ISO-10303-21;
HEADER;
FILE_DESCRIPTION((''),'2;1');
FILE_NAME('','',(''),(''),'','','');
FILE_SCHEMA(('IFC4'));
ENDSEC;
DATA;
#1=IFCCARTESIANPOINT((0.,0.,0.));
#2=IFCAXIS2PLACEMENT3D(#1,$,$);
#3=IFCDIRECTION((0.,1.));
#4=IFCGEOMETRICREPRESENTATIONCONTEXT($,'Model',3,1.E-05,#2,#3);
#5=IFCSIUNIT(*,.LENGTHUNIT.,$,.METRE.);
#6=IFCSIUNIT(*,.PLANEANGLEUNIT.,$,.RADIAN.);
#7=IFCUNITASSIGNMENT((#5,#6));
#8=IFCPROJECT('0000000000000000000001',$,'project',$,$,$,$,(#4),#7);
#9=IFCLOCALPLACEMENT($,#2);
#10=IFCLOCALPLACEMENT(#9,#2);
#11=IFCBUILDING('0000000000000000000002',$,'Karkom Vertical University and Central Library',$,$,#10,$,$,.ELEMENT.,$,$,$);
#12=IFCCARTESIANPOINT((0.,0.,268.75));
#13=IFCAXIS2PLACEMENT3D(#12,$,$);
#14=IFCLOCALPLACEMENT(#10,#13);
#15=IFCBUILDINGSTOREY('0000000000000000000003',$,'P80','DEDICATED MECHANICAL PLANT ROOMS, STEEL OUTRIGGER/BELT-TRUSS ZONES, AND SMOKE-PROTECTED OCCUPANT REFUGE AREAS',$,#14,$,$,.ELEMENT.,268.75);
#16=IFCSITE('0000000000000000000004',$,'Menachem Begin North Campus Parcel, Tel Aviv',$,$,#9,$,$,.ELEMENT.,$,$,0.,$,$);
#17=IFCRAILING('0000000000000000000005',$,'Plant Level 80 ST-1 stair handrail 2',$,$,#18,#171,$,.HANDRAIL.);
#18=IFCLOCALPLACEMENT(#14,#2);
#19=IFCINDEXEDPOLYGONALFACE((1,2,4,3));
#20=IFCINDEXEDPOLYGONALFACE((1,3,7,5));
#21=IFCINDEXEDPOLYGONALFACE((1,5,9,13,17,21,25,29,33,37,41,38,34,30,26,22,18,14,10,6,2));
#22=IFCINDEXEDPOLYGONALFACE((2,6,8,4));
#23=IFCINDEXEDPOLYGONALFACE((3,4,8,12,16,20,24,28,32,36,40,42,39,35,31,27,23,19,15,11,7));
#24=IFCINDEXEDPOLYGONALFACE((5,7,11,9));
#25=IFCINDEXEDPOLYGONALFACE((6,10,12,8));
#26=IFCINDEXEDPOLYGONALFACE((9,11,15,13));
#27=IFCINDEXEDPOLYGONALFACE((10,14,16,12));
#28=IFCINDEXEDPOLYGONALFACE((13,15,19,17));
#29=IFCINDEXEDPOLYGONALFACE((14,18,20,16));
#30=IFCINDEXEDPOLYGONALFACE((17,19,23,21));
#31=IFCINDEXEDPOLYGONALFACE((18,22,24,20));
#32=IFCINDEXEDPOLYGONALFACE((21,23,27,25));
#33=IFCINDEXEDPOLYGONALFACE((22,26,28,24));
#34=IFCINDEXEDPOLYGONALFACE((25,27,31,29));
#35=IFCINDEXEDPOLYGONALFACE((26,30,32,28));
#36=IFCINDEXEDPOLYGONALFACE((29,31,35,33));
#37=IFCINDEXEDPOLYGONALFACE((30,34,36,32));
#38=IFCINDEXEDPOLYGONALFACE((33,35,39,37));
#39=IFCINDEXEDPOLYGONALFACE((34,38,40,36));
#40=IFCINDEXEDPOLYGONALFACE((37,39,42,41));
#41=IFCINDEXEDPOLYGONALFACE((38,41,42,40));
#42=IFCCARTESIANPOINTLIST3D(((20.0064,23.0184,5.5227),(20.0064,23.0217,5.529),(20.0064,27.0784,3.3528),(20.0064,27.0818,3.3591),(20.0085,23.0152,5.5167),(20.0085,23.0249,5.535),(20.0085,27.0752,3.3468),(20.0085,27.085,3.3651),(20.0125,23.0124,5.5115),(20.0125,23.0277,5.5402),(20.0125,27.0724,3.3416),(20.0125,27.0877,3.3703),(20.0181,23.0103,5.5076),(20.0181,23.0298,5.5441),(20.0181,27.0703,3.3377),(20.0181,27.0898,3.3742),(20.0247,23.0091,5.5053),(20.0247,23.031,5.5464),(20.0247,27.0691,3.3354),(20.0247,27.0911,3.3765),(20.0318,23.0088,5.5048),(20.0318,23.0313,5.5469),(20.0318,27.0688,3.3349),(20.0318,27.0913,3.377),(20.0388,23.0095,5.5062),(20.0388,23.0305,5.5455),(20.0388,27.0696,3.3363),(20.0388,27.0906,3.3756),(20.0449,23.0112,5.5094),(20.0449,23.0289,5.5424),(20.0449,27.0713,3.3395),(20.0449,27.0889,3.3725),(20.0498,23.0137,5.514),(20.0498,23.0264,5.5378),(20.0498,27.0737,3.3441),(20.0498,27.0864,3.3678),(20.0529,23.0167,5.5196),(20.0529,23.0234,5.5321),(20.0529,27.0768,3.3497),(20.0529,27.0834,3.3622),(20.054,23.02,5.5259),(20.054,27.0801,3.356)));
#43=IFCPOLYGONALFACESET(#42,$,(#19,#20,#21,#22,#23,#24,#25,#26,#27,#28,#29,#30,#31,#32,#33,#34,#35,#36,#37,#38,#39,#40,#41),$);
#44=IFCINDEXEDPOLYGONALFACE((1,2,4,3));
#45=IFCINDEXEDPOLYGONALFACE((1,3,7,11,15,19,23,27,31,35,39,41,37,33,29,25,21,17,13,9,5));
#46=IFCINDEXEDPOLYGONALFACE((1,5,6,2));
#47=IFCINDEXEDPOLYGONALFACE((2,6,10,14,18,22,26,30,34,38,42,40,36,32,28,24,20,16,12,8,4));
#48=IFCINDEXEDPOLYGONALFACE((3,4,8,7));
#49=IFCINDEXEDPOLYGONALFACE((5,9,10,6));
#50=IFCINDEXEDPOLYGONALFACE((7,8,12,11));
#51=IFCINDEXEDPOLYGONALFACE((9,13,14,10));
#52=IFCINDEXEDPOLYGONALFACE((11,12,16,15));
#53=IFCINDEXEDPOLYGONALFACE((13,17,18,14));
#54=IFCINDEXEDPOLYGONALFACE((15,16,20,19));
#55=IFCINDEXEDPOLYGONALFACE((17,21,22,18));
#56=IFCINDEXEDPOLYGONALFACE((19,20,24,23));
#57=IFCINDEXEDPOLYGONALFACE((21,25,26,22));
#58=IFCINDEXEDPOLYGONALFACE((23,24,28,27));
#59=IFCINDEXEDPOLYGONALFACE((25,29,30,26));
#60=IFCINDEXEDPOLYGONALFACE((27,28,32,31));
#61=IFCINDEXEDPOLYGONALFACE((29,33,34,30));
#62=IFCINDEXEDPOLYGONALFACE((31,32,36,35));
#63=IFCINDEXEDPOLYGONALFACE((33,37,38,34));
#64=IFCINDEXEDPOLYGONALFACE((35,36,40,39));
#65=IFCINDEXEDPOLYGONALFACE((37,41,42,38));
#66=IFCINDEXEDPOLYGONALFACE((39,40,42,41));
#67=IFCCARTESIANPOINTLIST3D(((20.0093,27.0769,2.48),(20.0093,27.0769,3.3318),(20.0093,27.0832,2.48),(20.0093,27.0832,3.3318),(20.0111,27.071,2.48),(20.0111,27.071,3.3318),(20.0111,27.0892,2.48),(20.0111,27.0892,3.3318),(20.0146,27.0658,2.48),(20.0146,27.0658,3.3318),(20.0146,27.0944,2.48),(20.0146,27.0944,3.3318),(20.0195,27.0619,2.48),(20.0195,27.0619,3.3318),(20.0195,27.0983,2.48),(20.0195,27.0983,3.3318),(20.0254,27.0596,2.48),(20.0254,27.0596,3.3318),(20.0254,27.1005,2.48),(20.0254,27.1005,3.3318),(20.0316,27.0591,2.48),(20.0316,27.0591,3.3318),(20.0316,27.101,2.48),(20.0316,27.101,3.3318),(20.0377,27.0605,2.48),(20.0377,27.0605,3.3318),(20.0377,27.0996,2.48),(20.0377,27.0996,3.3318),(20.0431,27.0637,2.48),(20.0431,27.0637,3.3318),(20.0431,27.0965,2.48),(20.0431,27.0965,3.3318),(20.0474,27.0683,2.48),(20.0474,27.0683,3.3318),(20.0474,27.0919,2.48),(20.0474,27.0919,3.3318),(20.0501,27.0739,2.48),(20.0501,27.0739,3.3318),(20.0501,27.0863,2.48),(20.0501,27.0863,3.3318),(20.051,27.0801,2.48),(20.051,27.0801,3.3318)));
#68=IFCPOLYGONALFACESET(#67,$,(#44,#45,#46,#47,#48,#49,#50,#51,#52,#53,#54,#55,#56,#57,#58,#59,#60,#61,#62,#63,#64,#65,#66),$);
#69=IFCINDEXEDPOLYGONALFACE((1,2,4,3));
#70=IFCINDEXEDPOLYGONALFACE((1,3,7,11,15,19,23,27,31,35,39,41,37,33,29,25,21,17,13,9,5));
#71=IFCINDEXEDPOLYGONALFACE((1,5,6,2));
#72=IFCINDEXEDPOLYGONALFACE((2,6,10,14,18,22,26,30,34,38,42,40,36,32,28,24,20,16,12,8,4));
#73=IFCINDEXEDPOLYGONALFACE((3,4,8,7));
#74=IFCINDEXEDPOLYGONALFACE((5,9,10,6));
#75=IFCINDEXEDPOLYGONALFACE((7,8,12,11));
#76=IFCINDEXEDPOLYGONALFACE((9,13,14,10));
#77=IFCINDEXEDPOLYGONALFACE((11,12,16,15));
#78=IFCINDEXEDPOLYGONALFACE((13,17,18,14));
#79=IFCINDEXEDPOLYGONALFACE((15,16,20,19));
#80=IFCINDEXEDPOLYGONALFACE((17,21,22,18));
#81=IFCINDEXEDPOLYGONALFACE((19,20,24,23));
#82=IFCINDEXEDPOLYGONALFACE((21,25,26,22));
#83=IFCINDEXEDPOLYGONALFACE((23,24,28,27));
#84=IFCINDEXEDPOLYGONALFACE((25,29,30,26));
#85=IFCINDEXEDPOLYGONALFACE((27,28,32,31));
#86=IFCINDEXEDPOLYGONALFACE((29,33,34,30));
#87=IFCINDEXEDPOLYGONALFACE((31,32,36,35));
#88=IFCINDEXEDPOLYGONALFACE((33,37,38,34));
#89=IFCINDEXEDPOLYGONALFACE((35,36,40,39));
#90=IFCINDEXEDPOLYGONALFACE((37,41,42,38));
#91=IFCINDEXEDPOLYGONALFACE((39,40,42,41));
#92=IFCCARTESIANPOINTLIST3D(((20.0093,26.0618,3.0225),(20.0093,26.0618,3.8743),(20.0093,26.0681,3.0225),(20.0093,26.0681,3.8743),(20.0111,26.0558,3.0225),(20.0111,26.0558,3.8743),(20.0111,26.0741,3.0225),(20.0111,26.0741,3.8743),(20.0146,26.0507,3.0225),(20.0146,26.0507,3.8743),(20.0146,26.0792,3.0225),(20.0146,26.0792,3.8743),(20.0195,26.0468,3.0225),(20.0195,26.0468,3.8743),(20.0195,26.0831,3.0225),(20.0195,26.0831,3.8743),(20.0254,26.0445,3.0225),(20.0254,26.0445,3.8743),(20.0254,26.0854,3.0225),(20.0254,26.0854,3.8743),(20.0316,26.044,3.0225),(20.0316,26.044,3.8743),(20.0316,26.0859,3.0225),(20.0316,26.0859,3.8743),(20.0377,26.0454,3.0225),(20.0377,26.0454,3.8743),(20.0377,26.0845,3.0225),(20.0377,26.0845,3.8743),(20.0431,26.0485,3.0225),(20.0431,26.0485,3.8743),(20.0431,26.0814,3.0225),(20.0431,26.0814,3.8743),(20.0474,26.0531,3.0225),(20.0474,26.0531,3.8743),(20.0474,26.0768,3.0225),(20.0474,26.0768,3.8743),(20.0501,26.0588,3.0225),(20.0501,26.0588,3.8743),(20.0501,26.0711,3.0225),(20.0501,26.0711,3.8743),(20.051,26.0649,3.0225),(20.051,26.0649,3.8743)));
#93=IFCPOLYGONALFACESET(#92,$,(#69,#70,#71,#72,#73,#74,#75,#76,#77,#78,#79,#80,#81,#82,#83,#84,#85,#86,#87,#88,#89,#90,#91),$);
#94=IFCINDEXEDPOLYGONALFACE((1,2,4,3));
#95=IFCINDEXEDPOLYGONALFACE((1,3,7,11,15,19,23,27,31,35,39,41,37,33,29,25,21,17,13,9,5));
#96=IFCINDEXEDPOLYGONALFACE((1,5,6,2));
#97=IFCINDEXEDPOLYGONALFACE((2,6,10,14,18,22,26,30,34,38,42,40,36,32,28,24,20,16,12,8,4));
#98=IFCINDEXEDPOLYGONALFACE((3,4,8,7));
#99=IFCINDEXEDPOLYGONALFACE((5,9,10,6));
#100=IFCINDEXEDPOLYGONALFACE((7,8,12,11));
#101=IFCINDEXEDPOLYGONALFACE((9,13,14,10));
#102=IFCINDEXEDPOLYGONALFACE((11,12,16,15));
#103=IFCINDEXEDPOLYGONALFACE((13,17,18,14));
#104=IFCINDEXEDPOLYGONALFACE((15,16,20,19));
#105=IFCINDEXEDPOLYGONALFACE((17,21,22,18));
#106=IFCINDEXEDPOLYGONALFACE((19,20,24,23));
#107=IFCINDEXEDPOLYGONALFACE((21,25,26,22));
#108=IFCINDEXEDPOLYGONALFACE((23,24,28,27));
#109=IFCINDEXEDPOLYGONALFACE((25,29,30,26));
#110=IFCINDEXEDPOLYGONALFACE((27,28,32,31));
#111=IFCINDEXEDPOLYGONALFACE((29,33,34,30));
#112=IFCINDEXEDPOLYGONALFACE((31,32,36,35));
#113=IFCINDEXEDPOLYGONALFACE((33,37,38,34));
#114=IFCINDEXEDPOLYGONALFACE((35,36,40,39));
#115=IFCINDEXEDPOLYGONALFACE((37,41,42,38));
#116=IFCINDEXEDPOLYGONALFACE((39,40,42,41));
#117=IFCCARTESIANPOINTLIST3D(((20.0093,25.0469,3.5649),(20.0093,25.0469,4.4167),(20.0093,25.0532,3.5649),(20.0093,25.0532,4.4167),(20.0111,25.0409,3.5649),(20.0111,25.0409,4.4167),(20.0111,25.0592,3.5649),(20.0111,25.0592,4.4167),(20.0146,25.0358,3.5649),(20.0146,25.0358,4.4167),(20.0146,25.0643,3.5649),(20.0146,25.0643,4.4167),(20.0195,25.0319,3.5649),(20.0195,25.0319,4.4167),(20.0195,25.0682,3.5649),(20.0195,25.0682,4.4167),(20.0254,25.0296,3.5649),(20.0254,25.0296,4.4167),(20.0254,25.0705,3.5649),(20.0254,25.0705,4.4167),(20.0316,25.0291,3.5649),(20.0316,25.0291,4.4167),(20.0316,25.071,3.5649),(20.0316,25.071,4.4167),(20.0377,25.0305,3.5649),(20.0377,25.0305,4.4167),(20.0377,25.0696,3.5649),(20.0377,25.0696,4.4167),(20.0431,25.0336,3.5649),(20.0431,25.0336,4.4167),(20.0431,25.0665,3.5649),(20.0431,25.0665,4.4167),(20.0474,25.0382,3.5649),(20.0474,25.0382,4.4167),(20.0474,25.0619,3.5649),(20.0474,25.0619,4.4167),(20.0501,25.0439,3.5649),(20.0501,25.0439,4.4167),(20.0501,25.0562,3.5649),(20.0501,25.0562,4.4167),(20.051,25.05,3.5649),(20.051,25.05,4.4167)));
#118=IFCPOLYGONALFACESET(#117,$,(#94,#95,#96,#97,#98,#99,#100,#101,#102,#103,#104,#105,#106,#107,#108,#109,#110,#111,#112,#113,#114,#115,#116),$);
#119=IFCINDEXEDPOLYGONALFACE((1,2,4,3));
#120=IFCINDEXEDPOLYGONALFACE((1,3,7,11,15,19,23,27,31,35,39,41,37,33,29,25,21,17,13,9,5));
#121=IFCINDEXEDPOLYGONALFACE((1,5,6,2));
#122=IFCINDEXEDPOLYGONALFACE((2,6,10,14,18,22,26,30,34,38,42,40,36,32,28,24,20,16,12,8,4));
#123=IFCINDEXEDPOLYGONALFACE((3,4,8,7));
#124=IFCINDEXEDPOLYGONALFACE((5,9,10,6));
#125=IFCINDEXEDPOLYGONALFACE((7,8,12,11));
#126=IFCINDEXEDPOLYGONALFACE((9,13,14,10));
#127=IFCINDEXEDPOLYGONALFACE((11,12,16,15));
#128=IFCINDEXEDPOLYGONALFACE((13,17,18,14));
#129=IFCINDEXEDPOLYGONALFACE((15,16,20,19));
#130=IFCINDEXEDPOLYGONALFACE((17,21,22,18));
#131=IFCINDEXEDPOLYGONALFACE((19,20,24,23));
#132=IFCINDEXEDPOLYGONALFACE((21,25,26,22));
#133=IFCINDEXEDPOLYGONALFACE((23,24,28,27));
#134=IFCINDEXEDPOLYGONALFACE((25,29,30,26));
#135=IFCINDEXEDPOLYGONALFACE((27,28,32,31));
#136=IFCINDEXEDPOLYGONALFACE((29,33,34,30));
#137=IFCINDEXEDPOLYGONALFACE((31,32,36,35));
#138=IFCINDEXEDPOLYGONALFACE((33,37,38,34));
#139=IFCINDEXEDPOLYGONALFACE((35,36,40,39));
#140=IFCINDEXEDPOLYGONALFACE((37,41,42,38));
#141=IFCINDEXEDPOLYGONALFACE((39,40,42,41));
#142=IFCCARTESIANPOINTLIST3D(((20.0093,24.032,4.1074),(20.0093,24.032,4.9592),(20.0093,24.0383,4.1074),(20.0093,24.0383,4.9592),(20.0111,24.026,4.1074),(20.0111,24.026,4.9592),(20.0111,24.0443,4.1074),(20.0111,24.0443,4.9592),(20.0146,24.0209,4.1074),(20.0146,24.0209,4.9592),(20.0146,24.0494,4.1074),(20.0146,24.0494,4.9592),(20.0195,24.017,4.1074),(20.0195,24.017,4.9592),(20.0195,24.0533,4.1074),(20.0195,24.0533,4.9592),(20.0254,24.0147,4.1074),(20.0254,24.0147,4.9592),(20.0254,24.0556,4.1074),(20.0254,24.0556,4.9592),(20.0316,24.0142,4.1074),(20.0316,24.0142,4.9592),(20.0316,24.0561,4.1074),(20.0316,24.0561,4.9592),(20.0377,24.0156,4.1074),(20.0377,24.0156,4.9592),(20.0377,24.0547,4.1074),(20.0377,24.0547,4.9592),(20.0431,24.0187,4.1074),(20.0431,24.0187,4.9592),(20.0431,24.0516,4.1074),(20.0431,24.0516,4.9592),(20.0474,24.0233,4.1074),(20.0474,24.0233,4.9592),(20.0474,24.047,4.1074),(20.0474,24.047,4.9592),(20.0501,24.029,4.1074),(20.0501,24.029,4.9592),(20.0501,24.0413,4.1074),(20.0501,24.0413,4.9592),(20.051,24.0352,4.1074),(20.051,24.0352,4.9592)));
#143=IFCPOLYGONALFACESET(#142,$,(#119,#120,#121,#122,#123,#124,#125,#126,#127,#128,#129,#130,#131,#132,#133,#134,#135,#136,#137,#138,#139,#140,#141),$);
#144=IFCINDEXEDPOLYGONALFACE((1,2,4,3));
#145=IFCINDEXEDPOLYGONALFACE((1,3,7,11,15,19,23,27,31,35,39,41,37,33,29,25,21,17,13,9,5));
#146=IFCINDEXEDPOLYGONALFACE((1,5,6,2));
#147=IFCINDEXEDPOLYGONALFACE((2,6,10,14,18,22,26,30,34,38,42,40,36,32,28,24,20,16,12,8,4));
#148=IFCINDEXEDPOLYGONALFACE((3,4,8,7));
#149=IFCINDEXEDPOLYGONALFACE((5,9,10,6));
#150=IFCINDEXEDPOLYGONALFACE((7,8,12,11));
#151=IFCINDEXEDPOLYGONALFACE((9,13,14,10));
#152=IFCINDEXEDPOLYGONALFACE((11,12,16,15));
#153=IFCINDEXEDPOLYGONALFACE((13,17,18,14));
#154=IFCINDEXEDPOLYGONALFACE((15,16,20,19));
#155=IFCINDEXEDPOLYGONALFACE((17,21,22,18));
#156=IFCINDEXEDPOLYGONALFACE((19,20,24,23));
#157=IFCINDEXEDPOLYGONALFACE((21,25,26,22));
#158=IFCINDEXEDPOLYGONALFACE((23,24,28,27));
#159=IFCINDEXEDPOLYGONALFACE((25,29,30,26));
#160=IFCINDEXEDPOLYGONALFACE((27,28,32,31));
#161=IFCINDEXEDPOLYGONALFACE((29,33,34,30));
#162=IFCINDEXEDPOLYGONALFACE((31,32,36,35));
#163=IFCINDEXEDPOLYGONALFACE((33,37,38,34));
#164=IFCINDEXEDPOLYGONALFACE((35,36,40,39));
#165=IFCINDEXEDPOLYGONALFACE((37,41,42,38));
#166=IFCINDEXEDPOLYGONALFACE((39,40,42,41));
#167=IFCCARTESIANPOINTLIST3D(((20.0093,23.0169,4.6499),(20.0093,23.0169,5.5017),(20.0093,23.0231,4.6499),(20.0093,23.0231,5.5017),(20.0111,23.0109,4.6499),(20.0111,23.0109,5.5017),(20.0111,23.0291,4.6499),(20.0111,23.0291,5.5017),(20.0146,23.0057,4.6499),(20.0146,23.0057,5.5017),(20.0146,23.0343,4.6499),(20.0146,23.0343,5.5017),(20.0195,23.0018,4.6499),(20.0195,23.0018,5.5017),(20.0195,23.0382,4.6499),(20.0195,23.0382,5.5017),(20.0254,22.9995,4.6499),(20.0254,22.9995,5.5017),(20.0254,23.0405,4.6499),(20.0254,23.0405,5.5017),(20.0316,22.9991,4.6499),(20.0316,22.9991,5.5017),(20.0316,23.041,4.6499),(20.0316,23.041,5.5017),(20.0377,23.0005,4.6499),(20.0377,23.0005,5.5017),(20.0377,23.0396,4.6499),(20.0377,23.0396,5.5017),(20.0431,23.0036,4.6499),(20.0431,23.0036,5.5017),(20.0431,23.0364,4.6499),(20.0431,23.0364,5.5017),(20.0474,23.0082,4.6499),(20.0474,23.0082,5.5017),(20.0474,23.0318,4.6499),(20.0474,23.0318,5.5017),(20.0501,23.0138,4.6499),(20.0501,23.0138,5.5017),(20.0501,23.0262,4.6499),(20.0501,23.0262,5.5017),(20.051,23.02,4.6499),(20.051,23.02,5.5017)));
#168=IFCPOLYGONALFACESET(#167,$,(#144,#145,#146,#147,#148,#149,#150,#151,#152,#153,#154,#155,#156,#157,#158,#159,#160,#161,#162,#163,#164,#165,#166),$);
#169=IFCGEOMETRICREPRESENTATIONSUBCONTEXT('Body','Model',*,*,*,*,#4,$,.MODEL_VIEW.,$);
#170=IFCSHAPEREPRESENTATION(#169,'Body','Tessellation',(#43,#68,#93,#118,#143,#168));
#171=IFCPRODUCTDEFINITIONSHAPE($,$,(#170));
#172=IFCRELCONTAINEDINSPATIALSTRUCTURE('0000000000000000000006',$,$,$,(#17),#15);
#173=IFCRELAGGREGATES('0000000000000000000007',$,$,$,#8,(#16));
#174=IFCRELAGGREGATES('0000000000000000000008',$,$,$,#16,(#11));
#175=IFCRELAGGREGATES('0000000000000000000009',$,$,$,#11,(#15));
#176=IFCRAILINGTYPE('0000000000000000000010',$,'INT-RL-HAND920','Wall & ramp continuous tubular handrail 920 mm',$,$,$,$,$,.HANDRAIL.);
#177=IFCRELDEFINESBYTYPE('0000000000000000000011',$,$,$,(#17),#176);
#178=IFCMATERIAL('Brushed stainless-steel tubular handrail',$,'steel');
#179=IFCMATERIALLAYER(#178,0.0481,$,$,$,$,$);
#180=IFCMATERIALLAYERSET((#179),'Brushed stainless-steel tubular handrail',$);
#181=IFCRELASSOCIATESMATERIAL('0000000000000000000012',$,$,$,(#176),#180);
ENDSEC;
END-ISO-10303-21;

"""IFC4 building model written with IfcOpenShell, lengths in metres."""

from ifc_helpers import new_model, si_unit, direction, frame, origin, origin_2d, place, context, subcontext, project, spatial, circle, extrude, material, layer, layer_set, type_object, element, save


model = new_model("IFC4")

# Units and contexts
model_context = context("Model", 3, precision=1e-05, world=origin(), true_north=direction((0.0, 1.0)))
body_context = subcontext(model_context, "Body", "Model", "MODEL_VIEW")
ifc_project = project(units=[si_unit("LENGTHUNIT", "METRE"), si_unit("PLANEANGLEUNIT", "RADIAN")], contexts=[model_context])

# Site, building, storey
site_placement = place(None, origin())
site = spatial("IfcSite", under=ifc_project, at=site_placement, Name="Menachem Begin North Campus Parcel, Tel Aviv", CompositionType="ELEMENT", RefElevation=0.0)
building_placement = place(site_placement, origin())
building = spatial("IfcBuilding", under=site, at=building_placement, Name="Karkom Vertical University and Central Library", CompositionType="ELEMENT")
storey_placement = place(building_placement, frame((0.0, 0.0, 268.75)))
storey = spatial("IfcBuildingStorey", under=building, at=storey_placement, Name="P80", Description="DEDICATED MECHANICAL PLANT ROOMS, STEEL OUTRIGGER/BELT-TRUSS ZONES, AND SMOKE-PROTECTED OCCUPANT REFUGE AREAS", CompositionType="ELEMENT", Elevation=268.75)

# Railing
ifc_material_1 = material(Name="Brushed stainless-steel tubular handrail", Category="steel")
ifc_layer_1 = layer(ifc_material_1, 0.0481)
ifc_layer_set_1 = layer_set([ifc_layer_1], Name="Brushed stainless-steel tubular handrail")
railing_type_1 = type_object("IfcRailingType", Name="INT-RL-HAND920", Description="Wall & ramp continuous tubular handrail 920 mm", PredefinedType="HANDRAIL", material=ifc_layer_set_1)
railing_1_placement = place(storey_placement, frame((20.03, 27.0801, 2.48)))
element("IfcRailing", 1, at=railing_1_placement, inside=storey, type_object=railing_type_1, Name="Plant Level 80 ST-1 stair handrail 2", PredefinedType="HANDRAIL", context=body_context, shape_type="SweptSolid", body=[
    extrude(circle(Radius=0.0239, at=origin_2d()), frame((0.0, 0.0, 0.876), z_axis=(0.0, -0.881942, 0.471359), x_axis=(1.0, 0.0, 0.0)), (0.0, 0.0, 1.0), 4.6035),
    extrude(circle(Radius=0.021, at=origin_2d()), origin(), (0.0, 0.0, 1.0), 0.8518),
    extrude(circle(Radius=0.021, at=origin_2d()), frame((0.0, -1.0151, 0.5425)), (0.0, 0.0, 1.0), 0.8518),
    extrude(circle(Radius=0.021, at=origin_2d()), frame((0.0, -2.03, 1.085)), (0.0, 0.0, 1.0), 0.8518),
    extrude(circle(Radius=0.021, at=origin_2d()), frame((0.0, -3.0449, 1.6274)), (0.0, 0.0, 1.0), 0.8518),
    extrude(circle(Radius=0.021, at=origin_2d()), frame((0.0, -4.0601, 2.1699)), (0.0, 0.0, 1.0), 0.8518),
])

save(model, "model.ifc")
